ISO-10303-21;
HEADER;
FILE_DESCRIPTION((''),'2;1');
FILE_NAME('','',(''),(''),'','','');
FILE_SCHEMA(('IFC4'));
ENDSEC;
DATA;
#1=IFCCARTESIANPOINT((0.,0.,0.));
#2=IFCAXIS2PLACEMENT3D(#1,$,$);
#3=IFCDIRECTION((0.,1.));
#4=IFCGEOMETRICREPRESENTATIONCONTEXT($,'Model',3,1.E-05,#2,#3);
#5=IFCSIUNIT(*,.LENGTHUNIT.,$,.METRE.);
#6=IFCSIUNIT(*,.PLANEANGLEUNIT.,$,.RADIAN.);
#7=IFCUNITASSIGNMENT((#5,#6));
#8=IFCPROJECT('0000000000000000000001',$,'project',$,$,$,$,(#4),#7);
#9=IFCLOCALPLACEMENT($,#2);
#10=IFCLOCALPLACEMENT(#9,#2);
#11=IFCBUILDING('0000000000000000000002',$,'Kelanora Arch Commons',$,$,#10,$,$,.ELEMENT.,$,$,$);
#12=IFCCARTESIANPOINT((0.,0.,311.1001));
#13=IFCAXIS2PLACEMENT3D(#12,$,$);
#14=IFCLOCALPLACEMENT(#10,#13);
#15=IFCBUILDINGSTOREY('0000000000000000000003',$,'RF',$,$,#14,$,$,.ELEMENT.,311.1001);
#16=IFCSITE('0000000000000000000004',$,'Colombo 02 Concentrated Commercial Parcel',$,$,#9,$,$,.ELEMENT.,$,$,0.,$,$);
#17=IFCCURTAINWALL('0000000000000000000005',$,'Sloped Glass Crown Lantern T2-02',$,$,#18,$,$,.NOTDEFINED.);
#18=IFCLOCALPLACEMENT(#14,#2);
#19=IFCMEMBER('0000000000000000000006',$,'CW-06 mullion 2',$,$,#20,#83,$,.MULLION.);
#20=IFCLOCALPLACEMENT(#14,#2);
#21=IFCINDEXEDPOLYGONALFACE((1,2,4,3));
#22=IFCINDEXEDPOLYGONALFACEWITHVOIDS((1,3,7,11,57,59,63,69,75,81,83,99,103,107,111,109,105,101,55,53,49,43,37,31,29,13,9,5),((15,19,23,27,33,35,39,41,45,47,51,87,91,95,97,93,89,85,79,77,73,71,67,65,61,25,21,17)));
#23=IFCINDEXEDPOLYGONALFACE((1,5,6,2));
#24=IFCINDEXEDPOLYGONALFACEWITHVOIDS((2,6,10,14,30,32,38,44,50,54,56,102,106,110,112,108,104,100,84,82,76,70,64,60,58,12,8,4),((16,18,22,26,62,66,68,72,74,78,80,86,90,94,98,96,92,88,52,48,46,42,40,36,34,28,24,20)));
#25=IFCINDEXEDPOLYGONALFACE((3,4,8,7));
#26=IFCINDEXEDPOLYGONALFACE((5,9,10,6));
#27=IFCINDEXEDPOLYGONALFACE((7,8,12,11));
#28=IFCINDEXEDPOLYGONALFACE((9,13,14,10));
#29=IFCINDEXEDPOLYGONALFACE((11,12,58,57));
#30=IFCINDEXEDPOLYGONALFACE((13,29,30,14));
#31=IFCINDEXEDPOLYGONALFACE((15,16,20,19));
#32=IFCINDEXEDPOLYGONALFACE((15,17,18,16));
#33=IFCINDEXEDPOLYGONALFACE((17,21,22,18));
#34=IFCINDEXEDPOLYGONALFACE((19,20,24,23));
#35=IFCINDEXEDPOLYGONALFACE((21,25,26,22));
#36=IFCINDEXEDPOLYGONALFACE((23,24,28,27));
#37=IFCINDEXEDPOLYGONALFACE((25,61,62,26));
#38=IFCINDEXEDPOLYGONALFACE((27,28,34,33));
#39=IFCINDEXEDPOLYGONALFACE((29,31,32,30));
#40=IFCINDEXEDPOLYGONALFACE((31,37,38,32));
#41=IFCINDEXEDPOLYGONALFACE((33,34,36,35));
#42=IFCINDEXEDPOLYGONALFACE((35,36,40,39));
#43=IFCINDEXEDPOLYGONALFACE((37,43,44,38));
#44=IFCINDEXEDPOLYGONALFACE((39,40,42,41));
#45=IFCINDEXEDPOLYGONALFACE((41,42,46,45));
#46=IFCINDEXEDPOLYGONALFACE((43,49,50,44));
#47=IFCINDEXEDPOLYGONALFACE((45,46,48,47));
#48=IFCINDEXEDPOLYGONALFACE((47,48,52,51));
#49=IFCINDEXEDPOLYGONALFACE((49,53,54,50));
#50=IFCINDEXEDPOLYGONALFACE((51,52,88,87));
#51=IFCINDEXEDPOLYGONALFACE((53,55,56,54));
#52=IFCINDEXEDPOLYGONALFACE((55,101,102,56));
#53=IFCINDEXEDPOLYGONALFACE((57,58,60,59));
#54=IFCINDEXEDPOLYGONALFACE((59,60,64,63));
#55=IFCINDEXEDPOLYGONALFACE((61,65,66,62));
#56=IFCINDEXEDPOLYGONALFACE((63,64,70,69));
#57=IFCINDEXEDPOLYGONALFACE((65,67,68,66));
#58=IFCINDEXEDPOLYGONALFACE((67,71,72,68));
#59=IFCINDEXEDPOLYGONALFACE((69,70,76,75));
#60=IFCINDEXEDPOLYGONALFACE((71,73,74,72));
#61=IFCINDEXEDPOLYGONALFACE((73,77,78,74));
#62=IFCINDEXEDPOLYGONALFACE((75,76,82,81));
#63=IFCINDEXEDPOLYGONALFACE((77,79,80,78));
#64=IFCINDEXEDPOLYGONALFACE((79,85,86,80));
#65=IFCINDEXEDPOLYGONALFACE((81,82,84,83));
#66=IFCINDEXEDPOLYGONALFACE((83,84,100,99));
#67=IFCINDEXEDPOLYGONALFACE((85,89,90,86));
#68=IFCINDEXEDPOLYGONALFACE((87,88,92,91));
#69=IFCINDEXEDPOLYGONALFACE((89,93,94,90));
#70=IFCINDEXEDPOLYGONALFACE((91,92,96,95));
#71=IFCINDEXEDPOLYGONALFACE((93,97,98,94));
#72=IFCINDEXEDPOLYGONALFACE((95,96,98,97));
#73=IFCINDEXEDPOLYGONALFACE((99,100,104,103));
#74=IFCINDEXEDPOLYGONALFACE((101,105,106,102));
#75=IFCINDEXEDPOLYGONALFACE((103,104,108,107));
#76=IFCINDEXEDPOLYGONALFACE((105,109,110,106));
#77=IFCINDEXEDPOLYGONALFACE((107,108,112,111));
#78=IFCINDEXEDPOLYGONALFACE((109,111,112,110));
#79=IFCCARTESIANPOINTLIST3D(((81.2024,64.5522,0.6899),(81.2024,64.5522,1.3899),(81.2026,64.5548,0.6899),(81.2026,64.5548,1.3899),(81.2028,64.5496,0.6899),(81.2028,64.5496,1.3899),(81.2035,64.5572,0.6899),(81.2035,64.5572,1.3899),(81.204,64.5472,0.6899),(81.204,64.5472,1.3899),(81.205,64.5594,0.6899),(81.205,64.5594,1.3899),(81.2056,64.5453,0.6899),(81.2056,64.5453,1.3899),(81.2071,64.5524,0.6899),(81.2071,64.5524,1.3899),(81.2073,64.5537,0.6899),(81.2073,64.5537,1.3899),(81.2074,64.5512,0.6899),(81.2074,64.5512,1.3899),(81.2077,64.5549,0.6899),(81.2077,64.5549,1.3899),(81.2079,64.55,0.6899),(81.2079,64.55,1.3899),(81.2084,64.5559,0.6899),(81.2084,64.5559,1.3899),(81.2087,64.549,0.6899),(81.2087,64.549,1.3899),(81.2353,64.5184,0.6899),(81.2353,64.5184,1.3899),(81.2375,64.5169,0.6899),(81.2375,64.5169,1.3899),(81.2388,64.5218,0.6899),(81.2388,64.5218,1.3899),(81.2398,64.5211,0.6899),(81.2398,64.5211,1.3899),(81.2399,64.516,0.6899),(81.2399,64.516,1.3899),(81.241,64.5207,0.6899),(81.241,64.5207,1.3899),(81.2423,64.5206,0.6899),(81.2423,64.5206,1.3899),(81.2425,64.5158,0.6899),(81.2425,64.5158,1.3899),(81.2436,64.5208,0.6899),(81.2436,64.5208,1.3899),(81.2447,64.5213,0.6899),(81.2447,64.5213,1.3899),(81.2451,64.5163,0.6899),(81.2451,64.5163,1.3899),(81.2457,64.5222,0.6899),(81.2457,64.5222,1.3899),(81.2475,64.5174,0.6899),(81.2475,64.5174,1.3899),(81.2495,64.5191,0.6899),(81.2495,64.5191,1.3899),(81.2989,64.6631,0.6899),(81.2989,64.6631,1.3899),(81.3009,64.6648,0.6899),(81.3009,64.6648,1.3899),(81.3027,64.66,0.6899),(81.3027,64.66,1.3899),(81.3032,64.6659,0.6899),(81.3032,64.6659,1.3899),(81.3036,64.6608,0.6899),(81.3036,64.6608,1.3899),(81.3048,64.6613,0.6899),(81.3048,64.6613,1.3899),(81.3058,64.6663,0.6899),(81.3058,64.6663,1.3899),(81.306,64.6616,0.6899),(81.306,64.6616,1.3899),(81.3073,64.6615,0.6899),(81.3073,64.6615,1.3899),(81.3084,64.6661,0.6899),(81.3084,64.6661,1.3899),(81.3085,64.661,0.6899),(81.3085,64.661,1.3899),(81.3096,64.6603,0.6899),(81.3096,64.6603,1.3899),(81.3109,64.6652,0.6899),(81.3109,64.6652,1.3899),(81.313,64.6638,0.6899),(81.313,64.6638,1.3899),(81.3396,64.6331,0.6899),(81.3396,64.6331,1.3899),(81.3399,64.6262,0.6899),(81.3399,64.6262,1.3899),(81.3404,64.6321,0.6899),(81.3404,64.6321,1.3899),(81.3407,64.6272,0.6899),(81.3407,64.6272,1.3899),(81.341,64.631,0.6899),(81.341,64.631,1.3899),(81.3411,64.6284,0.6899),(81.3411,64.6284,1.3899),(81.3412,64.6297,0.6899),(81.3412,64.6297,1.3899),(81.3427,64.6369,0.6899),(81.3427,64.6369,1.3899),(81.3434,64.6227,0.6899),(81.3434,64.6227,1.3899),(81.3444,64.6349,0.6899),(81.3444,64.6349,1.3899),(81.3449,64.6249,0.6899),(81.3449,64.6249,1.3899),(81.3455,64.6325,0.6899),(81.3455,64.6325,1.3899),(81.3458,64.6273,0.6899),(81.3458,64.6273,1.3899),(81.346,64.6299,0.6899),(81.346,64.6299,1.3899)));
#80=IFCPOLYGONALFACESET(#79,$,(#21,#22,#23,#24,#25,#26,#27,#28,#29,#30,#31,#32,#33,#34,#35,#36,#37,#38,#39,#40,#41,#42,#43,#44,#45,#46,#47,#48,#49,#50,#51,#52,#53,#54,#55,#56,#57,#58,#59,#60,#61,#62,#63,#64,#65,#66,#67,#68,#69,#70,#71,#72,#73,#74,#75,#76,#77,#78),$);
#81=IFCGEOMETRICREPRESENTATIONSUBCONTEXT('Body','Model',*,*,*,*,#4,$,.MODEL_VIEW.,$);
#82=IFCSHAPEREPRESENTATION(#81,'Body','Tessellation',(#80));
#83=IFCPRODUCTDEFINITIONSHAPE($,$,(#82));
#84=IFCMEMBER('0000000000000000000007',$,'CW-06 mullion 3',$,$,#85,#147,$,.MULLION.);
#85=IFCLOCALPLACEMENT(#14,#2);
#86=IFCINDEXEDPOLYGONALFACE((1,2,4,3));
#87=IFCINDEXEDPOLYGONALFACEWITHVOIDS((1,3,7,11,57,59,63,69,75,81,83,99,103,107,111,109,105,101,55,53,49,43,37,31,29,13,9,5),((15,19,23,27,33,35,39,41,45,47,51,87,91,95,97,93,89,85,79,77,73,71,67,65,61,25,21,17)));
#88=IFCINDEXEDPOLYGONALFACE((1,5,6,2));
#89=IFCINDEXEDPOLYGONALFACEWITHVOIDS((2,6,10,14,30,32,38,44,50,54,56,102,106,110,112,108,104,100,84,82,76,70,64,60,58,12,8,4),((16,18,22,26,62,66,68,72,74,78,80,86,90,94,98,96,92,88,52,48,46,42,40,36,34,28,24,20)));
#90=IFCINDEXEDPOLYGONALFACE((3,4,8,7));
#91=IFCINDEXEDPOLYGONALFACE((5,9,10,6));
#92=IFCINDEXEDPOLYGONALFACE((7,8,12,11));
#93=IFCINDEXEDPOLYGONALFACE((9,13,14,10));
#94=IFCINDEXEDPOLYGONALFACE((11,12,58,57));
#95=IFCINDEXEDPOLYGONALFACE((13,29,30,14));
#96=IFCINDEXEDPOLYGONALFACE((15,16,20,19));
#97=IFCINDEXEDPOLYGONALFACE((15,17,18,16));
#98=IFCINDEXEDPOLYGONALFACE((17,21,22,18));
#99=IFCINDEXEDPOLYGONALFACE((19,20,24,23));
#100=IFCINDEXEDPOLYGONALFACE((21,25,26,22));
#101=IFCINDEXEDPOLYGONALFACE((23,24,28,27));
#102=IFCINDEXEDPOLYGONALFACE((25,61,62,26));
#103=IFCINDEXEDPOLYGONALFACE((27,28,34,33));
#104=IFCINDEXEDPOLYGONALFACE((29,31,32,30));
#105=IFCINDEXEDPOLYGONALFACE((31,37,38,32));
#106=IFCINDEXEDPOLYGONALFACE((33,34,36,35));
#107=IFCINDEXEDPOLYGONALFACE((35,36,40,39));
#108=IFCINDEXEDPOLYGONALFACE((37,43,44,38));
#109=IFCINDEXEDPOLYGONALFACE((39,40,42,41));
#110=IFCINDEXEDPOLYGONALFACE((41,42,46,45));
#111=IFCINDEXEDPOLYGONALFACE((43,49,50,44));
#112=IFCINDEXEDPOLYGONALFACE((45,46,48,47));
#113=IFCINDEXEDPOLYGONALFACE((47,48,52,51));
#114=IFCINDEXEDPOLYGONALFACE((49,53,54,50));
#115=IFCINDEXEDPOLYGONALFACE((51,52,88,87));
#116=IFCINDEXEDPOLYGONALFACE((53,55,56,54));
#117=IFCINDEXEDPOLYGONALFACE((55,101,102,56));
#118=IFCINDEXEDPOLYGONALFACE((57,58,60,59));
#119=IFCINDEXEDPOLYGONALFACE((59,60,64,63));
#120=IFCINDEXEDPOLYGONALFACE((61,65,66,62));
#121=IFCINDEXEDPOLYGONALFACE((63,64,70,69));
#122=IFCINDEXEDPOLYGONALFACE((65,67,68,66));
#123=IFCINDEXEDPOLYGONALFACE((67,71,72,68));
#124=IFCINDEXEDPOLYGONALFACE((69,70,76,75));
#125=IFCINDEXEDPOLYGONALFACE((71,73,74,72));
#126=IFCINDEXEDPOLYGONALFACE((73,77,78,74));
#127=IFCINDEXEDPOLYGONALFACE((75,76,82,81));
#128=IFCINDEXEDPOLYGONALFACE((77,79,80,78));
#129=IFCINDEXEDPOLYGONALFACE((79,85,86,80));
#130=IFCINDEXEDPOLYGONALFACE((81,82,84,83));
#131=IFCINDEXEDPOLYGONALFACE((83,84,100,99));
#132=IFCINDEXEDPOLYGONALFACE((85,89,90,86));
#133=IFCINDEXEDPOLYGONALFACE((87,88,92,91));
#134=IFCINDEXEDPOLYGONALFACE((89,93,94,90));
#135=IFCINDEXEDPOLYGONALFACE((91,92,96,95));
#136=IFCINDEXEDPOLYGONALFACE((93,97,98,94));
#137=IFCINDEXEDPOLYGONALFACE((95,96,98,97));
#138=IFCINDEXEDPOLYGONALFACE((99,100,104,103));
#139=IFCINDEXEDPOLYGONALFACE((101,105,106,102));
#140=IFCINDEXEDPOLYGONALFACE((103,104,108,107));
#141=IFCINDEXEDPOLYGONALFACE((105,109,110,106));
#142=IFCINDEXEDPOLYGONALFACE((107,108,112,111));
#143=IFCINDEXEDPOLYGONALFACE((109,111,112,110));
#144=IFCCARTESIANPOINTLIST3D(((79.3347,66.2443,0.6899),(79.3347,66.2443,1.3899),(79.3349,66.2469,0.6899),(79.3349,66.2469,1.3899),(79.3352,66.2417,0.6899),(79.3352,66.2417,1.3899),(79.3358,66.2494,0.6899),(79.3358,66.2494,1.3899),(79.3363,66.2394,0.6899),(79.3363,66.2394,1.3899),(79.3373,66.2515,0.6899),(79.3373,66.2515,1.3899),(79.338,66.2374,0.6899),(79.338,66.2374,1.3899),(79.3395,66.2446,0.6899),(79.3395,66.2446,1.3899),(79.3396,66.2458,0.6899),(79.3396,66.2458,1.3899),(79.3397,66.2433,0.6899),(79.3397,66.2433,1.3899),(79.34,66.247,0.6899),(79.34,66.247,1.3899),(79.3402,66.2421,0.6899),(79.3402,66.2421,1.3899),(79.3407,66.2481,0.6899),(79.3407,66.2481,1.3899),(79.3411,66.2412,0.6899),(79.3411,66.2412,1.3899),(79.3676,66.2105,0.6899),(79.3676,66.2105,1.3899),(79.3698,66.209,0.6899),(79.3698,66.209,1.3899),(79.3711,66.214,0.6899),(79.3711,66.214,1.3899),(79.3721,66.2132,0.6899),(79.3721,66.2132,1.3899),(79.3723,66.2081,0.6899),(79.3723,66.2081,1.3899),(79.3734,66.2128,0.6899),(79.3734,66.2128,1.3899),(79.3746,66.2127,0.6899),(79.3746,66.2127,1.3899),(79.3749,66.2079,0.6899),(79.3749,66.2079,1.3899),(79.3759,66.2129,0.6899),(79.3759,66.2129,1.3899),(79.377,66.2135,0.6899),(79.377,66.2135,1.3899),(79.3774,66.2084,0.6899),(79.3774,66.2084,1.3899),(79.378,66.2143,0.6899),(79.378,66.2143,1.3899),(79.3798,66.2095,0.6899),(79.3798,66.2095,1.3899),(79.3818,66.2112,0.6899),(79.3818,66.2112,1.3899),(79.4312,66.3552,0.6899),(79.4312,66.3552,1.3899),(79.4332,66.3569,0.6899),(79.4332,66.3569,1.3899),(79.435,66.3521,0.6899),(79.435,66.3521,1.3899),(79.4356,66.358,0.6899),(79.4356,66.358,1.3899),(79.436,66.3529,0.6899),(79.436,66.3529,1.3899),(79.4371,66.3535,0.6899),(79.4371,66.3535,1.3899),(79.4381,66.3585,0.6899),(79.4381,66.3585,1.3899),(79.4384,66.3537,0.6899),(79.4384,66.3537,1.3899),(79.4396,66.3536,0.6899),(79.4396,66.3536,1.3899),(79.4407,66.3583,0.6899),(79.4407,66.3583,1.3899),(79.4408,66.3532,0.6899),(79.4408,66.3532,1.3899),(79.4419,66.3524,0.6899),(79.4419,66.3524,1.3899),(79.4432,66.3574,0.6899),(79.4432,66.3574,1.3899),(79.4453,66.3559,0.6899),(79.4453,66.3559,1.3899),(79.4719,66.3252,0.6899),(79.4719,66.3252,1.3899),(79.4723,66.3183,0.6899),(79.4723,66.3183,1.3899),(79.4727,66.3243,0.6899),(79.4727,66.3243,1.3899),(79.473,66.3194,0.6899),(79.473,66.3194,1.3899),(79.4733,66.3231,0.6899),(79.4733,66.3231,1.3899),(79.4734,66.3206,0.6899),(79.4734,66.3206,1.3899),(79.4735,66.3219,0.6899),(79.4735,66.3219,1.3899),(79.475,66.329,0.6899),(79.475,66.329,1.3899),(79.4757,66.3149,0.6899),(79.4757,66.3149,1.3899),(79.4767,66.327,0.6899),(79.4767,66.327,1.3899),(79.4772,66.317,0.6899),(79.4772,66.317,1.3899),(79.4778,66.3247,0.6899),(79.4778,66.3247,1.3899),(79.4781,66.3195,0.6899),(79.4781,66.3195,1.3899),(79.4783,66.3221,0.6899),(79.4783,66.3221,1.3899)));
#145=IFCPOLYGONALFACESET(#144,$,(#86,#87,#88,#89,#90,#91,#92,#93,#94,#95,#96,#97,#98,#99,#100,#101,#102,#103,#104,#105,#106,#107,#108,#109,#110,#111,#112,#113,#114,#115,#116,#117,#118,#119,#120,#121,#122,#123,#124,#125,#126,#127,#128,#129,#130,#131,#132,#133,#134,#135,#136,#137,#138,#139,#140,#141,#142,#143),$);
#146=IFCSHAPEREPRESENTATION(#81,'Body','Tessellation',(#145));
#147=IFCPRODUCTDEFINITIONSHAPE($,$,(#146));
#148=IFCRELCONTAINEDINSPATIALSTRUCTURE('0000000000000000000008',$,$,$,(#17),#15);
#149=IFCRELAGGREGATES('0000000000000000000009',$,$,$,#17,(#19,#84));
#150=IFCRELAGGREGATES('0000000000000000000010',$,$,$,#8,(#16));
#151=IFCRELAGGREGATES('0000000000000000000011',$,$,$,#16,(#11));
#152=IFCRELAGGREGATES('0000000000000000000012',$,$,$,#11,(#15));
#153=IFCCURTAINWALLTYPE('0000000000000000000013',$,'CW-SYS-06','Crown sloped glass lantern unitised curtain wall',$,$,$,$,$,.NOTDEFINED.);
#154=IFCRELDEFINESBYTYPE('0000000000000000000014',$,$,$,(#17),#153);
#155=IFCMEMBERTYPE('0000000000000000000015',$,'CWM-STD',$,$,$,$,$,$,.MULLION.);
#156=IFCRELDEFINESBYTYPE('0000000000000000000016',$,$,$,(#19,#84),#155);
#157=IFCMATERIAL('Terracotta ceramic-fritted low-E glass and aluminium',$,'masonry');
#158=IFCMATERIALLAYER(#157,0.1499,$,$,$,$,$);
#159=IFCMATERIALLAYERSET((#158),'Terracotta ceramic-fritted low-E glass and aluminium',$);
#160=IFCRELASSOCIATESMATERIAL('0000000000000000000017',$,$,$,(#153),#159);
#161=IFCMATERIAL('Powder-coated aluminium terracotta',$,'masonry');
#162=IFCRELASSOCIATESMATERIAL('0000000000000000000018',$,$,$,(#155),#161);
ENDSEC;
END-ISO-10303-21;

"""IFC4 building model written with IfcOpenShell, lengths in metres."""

from ifc_helpers import new_model, si_unit, direction, frame, origin, origin_2d, place, context, subcontext, project, spatial, hollow_rectangle, extrude, material, layer, layer_set, material_profile, profile_set, type_object, element, aggregate, save


model = new_model("IFC4")

# Units and contexts
model_context = context("Model", 3, precision=1e-05, world=origin(), true_north=direction((0.0, 1.0)))
body_context = subcontext(model_context, "Body", "Model", "MODEL_VIEW")
ifc_project = project(units=[si_unit("LENGTHUNIT", "METRE"), si_unit("PLANEANGLEUNIT", "RADIAN")], contexts=[model_context])

# Site, building, storey
site_placement = place(None, origin())
site = spatial("IfcSite", under=ifc_project, at=site_placement, Name="Colombo 02 Concentrated Commercial Parcel", CompositionType="ELEMENT", RefElevation=0.0)
building_placement = place(site_placement, origin())
building = spatial("IfcBuilding", under=site, at=building_placement, Name="Kelanora Arch Commons", CompositionType="ELEMENT")
storey_placement = place(building_placement, frame((0.0, 0.0, 311.1001)))
storey = spatial("IfcBuildingStorey", under=building, at=storey_placement, Name="RF", CompositionType="ELEMENT", Elevation=311.1001)

# Shared definitions
ifc_material_1 = material(Name="Terracotta ceramic-fritted low-E glass and aluminium", Category="masonry")
ifc_layer_1 = layer(ifc_material_1, 0.1499)
ifc_layer_set_1 = layer_set([ifc_layer_1], Name="Terracotta ceramic-fritted low-E glass and aluminium")
curtain_wall_type = type_object("IfcCurtainWallType", Name="CW-SYS-06", Description="Crown sloped glass lantern unitised curtain wall", PredefinedType="NOTDEFINED", material=ifc_layer_set_1)
ifc_material_2 = material(Name="Powder-coated aluminium terracotta", Category="masonry")
ifc_material_profile_1 = material_profile(ifc_material_2, hollow_rectangle(XDim=0.1599, YDim=0.0601, WallThickness=0.0049, InnerFilletRadius=0.0049, OuterFilletRadius=0.01, at=origin_2d()), Name="CWM160x60")
ifc_profile_set_1 = profile_set([ifc_material_profile_1], Name="Powder-coated aluminium terracotta")
member_type_1 = type_object("IfcMemberType", Name="CWM-STD", PredefinedType="MULLION", material=ifc_profile_set_1)

# Curtain wall, members
curtain_wall_1_placement = place(storey_placement, origin())
curtain_wall_1 = element("IfcCurtainWall", 1, at=curtain_wall_1_placement, inside=storey, type_object=curtain_wall_type, Name="Sloped Glass Crown Lantern T2-02", PredefinedType="NOTDEFINED")
member_1_placement = place(storey_placement, frame((81.2742, 64.5911, 0.6899), z_axis=(0.0, 0.0, 1.0), x_axis=(-0.671459, -0.741042, 0.0)))
member_1 = element("IfcMember", 2, at=member_1_placement, type_object=member_type_1, Name="CW-06 mullion 2", PredefinedType="MULLION", context=body_context, shape_type="SweptSolid", body=[
    extrude(hollow_rectangle(XDim=0.1599, YDim=0.0601, WallThickness=0.0049, InnerFilletRadius=0.0049, OuterFilletRadius=0.01, at=origin_2d()), origin(), (0.0, 0.0, 1.0), 0.7),
])
member_2_placement = place(storey_placement, frame((79.4065, 66.2832, 0.6899), z_axis=(0.0, 0.0, 1.0), x_axis=(-0.671459, -0.741042, 0.0)))
member_2 = element("IfcMember", 3, at=member_2_placement, type_object=member_type_1, Name="CW-06 mullion 3", PredefinedType="MULLION", context=body_context, shape_type="SweptSolid", body=[
    extrude(hollow_rectangle(XDim=0.1599, YDim=0.0601, WallThickness=0.0049, InnerFilletRadius=0.0049, OuterFilletRadius=0.01, at=origin_2d()), origin(), (0.0, 0.0, 1.0), 0.7),
])

aggregate(curtain_wall_1, [member_1, member_2])

save(model, "model.ifc")
